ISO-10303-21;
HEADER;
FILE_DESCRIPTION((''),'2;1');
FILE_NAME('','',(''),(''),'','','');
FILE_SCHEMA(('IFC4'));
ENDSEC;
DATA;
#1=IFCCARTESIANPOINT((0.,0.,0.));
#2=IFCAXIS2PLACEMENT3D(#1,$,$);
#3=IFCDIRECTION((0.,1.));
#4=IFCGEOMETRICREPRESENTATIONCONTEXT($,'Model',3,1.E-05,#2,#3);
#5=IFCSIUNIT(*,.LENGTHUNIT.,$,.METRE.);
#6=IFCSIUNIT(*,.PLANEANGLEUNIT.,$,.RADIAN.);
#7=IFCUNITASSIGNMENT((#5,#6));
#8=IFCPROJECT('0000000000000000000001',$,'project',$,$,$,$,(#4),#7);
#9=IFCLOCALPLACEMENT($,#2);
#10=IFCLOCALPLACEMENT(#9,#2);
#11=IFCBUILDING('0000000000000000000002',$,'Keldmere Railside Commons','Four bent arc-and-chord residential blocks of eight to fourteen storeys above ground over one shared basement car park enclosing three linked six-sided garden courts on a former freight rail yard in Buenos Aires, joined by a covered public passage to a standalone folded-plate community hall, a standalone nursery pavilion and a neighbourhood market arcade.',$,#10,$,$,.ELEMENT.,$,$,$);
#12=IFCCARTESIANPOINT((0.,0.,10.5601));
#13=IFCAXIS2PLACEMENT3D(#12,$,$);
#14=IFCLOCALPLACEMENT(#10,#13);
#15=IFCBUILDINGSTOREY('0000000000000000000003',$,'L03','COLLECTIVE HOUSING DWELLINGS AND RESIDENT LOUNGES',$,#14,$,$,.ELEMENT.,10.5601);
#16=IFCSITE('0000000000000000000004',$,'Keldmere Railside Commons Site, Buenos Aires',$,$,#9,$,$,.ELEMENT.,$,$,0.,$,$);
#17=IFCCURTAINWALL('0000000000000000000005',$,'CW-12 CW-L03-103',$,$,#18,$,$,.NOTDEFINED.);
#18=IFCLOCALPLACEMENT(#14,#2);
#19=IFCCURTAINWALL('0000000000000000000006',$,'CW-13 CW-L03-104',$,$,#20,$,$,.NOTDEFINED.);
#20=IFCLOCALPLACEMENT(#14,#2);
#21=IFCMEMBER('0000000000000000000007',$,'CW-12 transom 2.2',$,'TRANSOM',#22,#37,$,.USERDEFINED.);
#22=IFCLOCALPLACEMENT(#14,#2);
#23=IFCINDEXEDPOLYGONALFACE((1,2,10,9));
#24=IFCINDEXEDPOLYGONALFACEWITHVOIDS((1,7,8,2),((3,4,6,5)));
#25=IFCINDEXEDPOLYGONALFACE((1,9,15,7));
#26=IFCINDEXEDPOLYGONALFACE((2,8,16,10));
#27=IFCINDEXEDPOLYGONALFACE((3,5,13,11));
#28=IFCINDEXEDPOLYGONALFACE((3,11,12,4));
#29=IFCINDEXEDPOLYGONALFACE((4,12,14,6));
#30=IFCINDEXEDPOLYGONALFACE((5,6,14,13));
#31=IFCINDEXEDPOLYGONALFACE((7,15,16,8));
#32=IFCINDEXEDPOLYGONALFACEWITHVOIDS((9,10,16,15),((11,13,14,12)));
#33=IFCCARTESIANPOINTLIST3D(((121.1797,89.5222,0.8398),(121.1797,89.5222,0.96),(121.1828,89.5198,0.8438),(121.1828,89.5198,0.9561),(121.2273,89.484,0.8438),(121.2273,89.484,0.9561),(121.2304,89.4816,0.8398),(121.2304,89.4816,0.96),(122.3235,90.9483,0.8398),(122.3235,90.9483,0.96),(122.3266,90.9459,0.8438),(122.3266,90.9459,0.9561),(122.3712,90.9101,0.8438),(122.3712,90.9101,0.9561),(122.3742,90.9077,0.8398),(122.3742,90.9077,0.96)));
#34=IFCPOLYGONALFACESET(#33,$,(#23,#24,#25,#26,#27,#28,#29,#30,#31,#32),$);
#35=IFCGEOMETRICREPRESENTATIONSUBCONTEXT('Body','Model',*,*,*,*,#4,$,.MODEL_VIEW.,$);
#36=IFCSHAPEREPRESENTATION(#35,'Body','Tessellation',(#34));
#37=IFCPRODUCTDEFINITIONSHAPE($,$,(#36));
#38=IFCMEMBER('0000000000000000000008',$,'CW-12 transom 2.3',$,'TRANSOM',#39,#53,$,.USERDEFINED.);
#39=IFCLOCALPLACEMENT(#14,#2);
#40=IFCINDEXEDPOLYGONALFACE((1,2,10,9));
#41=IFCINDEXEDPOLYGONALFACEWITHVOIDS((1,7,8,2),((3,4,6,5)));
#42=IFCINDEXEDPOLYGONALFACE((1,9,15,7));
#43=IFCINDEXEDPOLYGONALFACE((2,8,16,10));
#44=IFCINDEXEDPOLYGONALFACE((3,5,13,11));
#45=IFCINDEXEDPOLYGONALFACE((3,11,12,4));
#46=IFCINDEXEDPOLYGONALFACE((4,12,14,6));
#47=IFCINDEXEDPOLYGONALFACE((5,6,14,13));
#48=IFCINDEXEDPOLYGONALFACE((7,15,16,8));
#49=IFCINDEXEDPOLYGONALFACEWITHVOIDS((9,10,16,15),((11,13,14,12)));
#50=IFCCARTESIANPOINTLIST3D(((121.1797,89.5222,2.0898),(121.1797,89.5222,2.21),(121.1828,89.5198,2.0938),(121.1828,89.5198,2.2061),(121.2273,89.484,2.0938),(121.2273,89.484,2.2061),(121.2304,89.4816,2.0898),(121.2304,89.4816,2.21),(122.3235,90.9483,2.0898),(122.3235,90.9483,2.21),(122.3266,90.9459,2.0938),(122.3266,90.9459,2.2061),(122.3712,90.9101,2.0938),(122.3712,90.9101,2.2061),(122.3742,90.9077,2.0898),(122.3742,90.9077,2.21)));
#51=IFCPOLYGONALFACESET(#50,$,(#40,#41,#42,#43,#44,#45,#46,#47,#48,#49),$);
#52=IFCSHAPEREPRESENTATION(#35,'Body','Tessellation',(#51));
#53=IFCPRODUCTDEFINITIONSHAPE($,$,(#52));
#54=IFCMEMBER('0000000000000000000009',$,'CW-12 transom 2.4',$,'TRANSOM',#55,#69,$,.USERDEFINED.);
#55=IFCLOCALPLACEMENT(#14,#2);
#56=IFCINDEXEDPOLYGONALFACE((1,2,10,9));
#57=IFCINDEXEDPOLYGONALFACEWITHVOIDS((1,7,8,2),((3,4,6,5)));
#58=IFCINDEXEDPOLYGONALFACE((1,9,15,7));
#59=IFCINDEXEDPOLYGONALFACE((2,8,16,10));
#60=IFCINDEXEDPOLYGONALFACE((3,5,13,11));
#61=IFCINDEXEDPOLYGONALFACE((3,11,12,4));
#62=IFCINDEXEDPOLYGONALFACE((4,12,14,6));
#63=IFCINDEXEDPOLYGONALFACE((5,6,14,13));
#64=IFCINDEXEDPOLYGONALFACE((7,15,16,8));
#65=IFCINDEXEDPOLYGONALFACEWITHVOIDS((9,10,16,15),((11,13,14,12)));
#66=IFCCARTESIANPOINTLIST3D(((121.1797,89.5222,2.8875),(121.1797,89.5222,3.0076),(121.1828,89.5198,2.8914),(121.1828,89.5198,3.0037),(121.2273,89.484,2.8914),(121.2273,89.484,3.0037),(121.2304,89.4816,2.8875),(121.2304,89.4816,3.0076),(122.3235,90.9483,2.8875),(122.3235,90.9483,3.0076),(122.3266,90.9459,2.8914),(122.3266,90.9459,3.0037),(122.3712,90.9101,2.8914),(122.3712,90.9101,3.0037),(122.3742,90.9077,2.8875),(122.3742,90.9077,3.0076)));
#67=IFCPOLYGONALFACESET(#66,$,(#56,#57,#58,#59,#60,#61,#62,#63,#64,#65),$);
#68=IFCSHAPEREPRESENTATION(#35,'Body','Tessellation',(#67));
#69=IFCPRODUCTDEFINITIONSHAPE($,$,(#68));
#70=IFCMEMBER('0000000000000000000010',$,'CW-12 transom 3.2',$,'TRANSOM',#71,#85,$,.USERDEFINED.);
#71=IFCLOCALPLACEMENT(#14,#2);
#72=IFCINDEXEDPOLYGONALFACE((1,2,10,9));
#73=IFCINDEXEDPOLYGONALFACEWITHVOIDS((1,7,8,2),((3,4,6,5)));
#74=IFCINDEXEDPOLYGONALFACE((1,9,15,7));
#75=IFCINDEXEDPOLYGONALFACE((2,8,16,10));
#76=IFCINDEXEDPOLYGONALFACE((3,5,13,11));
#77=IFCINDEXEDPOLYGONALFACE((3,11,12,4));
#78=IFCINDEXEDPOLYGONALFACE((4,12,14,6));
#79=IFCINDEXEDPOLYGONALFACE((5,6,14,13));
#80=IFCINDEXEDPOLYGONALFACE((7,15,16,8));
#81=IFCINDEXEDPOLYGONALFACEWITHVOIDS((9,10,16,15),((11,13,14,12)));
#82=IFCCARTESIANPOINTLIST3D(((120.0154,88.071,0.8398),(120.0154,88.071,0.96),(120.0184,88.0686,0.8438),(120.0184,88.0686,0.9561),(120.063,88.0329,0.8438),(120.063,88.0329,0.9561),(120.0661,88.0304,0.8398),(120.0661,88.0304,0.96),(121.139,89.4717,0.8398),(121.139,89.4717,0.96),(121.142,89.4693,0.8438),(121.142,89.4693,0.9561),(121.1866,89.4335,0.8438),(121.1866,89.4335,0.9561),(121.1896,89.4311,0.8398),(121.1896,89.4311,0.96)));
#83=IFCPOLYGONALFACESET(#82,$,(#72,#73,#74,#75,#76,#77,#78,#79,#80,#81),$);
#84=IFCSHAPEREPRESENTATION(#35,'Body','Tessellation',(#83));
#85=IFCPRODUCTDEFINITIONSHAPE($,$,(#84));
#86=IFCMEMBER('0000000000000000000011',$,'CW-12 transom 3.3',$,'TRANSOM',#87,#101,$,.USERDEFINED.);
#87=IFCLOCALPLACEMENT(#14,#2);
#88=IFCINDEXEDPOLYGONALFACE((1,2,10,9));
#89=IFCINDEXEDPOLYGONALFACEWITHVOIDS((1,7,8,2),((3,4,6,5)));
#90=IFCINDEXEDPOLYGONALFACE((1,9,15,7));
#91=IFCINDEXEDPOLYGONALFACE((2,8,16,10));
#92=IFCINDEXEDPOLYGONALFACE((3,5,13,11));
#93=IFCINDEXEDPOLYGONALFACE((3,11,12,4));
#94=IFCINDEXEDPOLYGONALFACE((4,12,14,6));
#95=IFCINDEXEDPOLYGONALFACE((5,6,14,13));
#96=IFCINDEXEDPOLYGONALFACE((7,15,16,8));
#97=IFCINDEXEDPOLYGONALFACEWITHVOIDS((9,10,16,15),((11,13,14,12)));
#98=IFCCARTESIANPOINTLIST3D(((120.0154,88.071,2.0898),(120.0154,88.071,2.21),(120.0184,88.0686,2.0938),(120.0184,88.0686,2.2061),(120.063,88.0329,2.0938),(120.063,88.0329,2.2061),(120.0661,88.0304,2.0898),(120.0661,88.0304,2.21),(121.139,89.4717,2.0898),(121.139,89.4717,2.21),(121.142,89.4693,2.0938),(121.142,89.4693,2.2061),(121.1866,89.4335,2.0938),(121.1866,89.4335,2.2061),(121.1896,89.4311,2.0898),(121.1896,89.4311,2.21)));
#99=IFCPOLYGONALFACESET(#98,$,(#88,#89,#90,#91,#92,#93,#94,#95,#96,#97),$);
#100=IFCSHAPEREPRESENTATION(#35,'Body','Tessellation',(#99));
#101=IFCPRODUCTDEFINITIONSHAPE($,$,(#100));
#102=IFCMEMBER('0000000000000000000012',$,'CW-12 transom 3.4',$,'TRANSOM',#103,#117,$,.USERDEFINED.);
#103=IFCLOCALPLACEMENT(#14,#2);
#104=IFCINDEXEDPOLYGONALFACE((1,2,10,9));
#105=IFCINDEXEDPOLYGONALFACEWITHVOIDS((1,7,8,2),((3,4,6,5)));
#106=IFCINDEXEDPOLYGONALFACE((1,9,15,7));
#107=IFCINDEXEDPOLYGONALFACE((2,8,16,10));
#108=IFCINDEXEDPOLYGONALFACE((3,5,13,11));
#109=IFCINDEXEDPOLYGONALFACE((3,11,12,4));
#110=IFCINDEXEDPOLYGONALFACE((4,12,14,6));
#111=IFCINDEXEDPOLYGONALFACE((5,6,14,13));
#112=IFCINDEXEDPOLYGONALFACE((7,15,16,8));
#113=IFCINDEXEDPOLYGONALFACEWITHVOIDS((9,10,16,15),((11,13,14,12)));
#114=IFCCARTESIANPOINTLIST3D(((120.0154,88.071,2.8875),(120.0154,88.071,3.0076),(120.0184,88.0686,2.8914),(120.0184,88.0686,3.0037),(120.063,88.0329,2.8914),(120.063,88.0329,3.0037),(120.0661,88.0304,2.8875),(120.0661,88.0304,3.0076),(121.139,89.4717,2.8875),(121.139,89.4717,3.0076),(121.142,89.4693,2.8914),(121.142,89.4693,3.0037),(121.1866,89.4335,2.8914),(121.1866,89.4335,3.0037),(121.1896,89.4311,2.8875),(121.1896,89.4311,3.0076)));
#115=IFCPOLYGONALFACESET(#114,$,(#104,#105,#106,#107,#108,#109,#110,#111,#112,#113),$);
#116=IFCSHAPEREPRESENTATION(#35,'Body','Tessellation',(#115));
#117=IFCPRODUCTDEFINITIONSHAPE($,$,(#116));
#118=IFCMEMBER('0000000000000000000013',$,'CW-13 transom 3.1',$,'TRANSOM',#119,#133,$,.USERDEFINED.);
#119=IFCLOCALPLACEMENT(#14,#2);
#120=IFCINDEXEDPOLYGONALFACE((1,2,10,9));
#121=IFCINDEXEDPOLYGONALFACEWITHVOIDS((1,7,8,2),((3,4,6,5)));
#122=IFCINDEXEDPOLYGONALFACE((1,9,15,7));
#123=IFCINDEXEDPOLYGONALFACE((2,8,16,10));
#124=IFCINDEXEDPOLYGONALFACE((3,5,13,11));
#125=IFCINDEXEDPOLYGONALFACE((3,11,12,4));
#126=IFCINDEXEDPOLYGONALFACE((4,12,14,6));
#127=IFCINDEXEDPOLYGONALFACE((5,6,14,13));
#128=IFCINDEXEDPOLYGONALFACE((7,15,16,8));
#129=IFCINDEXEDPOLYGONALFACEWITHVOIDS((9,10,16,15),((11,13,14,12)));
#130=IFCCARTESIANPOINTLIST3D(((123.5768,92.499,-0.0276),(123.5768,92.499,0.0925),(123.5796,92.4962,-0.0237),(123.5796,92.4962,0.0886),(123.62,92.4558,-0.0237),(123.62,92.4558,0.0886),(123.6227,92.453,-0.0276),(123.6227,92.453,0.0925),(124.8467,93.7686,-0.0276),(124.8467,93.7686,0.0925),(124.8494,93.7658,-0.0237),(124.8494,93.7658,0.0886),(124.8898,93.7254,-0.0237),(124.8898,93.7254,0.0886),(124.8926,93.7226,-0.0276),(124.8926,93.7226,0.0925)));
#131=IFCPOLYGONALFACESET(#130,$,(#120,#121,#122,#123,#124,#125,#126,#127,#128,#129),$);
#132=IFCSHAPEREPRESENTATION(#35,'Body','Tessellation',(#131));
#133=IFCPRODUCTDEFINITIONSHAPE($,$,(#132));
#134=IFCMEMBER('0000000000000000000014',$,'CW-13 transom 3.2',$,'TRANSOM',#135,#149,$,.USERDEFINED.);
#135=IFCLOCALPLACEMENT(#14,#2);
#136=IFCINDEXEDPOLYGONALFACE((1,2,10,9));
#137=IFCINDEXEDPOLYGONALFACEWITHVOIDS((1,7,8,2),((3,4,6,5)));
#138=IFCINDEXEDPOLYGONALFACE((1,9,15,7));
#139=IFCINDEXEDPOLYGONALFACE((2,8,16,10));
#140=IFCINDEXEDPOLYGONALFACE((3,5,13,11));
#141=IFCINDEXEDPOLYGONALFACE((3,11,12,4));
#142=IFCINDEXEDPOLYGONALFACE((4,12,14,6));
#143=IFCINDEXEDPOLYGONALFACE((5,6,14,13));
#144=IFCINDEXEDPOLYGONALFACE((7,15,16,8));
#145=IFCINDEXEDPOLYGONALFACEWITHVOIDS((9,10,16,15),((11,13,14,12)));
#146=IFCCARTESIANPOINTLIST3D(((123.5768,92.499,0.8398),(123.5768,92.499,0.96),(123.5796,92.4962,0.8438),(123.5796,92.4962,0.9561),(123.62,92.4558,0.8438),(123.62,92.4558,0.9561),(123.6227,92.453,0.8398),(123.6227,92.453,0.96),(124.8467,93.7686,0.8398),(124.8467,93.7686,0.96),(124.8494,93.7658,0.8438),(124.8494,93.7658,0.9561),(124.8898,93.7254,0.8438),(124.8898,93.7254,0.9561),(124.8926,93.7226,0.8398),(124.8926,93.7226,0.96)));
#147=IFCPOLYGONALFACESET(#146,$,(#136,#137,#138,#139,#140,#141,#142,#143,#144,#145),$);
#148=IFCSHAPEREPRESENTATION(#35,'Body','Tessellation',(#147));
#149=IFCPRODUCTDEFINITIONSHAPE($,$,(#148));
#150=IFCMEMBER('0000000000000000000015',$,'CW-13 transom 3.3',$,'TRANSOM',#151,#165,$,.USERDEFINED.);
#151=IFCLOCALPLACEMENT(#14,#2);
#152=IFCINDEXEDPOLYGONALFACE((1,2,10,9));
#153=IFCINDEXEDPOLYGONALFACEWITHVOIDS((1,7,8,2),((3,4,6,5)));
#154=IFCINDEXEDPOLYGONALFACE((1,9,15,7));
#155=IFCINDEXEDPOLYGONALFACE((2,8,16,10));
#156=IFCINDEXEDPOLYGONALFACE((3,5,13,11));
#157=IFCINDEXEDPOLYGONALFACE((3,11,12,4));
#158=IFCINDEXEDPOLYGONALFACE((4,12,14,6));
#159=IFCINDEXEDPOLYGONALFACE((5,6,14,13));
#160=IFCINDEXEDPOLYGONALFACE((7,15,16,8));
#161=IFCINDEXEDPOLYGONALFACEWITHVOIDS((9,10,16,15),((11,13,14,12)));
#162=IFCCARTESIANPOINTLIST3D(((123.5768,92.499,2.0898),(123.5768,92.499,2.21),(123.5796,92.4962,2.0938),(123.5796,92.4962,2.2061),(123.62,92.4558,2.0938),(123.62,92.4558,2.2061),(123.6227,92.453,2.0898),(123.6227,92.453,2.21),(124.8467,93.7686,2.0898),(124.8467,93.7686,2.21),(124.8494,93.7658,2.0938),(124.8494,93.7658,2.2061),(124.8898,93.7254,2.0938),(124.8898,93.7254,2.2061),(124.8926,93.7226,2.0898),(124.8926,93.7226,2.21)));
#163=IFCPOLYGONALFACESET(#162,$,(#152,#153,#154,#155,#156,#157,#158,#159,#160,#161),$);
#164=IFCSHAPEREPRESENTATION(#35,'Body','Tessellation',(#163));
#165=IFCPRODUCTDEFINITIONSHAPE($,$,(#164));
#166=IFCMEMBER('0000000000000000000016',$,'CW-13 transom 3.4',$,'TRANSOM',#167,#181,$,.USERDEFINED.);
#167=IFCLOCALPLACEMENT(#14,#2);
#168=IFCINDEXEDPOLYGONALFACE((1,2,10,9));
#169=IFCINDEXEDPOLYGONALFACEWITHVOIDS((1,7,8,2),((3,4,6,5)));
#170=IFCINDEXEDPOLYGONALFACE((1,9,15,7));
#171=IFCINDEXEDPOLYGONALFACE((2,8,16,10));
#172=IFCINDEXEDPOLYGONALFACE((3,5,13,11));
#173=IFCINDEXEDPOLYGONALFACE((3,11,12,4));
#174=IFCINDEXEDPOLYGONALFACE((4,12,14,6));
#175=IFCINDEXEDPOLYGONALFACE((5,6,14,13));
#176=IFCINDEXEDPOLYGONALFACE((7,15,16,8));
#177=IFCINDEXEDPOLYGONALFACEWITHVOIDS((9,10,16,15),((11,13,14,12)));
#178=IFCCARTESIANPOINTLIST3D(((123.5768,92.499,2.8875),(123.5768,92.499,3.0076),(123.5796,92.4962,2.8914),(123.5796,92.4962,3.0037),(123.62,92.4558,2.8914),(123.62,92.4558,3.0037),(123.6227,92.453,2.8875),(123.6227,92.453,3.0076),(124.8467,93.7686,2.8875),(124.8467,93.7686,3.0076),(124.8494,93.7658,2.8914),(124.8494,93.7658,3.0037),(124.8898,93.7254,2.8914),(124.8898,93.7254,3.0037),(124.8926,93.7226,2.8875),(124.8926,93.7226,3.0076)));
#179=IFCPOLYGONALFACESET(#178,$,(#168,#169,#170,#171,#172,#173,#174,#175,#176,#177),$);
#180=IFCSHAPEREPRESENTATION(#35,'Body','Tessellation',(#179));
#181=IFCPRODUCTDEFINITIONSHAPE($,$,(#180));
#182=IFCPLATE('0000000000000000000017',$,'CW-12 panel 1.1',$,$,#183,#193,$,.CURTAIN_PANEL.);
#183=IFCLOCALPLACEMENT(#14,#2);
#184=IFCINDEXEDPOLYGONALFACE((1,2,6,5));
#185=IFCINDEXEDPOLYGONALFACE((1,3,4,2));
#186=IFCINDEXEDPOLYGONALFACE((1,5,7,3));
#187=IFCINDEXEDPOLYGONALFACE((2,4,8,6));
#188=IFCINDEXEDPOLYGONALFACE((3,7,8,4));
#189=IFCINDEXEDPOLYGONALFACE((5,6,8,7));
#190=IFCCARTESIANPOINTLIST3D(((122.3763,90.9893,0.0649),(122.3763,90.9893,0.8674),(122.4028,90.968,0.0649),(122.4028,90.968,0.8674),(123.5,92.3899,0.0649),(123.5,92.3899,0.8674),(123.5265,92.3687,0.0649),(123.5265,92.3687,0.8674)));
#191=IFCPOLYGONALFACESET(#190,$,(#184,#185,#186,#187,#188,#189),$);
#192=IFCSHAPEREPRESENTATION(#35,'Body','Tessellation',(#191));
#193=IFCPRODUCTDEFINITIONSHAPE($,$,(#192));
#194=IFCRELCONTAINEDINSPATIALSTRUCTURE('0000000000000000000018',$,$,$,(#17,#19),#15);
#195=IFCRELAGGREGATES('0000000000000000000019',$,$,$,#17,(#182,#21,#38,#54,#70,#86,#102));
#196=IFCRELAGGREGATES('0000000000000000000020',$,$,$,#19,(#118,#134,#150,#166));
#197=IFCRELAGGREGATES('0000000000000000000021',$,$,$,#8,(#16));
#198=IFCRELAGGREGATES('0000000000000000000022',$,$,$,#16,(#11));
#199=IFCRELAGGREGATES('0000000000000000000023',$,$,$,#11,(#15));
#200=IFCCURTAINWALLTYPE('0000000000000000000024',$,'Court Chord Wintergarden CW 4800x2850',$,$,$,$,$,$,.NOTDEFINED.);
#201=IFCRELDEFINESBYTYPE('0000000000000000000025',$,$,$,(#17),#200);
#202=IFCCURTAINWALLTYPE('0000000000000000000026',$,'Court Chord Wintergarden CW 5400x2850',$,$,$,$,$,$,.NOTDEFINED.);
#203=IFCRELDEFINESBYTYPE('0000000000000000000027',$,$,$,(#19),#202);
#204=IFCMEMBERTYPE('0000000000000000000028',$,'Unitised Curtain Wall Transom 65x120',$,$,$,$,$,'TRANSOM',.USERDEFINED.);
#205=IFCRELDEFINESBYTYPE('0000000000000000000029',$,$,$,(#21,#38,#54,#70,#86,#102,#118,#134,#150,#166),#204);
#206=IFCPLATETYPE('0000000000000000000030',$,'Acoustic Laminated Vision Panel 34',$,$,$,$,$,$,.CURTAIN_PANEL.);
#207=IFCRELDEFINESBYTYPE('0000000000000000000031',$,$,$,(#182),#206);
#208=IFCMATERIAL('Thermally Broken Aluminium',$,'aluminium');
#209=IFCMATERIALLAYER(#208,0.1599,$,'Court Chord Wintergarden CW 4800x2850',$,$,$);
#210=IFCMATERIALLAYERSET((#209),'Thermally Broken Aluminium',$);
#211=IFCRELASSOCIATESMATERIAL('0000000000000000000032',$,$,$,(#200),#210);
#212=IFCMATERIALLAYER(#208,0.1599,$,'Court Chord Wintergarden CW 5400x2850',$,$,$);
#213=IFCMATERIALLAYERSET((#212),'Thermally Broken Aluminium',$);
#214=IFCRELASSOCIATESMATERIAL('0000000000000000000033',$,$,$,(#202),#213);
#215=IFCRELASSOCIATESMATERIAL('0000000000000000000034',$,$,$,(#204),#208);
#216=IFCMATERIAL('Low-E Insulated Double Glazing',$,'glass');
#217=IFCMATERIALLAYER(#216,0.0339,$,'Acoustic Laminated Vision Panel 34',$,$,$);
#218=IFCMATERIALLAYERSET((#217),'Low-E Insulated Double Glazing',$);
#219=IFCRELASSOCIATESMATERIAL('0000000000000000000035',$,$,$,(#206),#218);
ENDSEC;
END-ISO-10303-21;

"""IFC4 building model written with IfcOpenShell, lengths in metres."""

from ifc_helpers import new_model, si_unit, direction, frame, origin, origin_2d, place, context, subcontext, project, spatial, rectangle, hollow_rectangle, extrude, material, layer, layer_set, material_profile, profile_set, type_object, element, aggregate, save


model = new_model("IFC4")

# Units and contexts
model_context = context("Model", 3, precision=1e-05, world=origin(), true_north=direction((0.0, 1.0)))
body_context = subcontext(model_context, "Body", "Model", "MODEL_VIEW")
ifc_project = project(units=[si_unit("LENGTHUNIT", "METRE"), si_unit("PLANEANGLEUNIT", "RADIAN")], contexts=[model_context])

# Site, building, storey
site_placement = place(None, origin())
site = spatial("IfcSite", under=ifc_project, at=site_placement, Name="Keldmere Railside Commons Site, Buenos Aires", CompositionType="ELEMENT", RefElevation=0.0)
building_placement = place(site_placement, origin())
building = spatial("IfcBuilding", under=site, at=building_placement, Name="Keldmere Railside Commons", Description="Four bent arc-and-chord residential blocks of eight to fourteen storeys above ground over one shared basement car park enclosing three linked six-sided garden courts on a former freight rail yard in Buenos Aires, joined by a covered public passage to a standalone folded-plate community hall, a standalone nursery pavilion and a neighbourhood market arcade.", CompositionType="ELEMENT")
storey_placement = place(building_placement, frame((0.0, 0.0, 10.5601)))
storey = spatial("IfcBuildingStorey", under=building, at=storey_placement, Name="L03", Description="COLLECTIVE HOUSING DWELLINGS AND RESIDENT LOUNGES", CompositionType="ELEMENT", Elevation=10.5601)

# Curtain walls
ifc_material_1 = material(Name="Thermally Broken Aluminium", Category="aluminium")
ifc_layer_1 = layer(ifc_material_1, 0.1599, Name="Court Chord Wintergarden CW 4800x2850")
ifc_layer_set_1 = layer_set([ifc_layer_1], Name="Thermally Broken Aluminium")
curtain_wall_type_1 = type_object("IfcCurtainWallType", Name="Court Chord Wintergarden CW 4800x2850", PredefinedType="NOTDEFINED", material=ifc_layer_set_1)
curtain_wall_1_placement = place(storey_placement, origin())
curtain_wall_1 = element("IfcCurtainWall", 1, at=curtain_wall_1_placement, inside=storey, type_object=curtain_wall_type_1, Name="CW-12 CW-L03-103", PredefinedType="NOTDEFINED")
ifc_layer_2 = layer(ifc_material_1, 0.1599, Name="Court Chord Wintergarden CW 5400x2850")
ifc_layer_set_2 = layer_set([ifc_layer_2], Name="Thermally Broken Aluminium")
curtain_wall_type_2 = type_object("IfcCurtainWallType", Name="Court Chord Wintergarden CW 5400x2850", PredefinedType="NOTDEFINED", material=ifc_layer_set_2)
curtain_wall_2_placement = place(storey_placement, origin())
curtain_wall_2 = element("IfcCurtainWall", 2, at=curtain_wall_2_placement, inside=storey, type_object=curtain_wall_type_2, Name="CW-13 CW-L03-104", PredefinedType="NOTDEFINED")

# Members
ifc_material_profile_1 = material_profile(ifc_material_1, hollow_rectangle(XDim=0.0649, YDim=0.1201, WallThickness=0.0039, at=origin_2d()), Name="ALU-TRAN-65x120")
ifc_profile_set_1 = profile_set([ifc_material_profile_1], Name="Thermally Broken Aluminium")
member_type_1 = type_object("IfcMemberType", Name="Unitised Curtain Wall Transom 65x120", ElementType="TRANSOM", PredefinedType="USERDEFINED", material=ifc_profile_set_1)
member_1_placement = place(storey_placement, frame((122.3489, 90.928, 0.8999), z_axis=(-0.625688, -0.780073, 0.0), x_axis=(0.780073, -0.625688, 0.0)))
member_1 = element("IfcMember", 3, at=member_1_placement, type_object=member_type_1, Name="CW-12 transom 2.2", ObjectType="TRANSOM", PredefinedType="USERDEFINED", context=body_context, shape_type="SweptSolid", body=[
    extrude(hollow_rectangle(XDim=0.0649, YDim=0.1201, WallThickness=0.0039, at=origin_2d()), origin(), (0.0, 0.0, 1.0), 1.8281),
])
member_2_placement = place(storey_placement, frame((122.3489, 90.928, 2.1499), z_axis=(-0.625688, -0.780073, 0.0), x_axis=(0.780073, -0.625688, 0.0)))
member_2 = element("IfcMember", 4, at=member_2_placement, type_object=member_type_1, Name="CW-12 transom 2.3", ObjectType="TRANSOM", PredefinedType="USERDEFINED", context=body_context, shape_type="SweptSolid", body=[
    extrude(hollow_rectangle(XDim=0.0649, YDim=0.1201, WallThickness=0.0039, at=origin_2d()), origin(), (0.0, 0.0, 1.0), 1.8281),
])
member_3_placement = place(storey_placement, frame((122.3489, 90.928, 2.9475), z_axis=(-0.625688, -0.780073, 0.0), x_axis=(0.780073, -0.625688, 0.0)))
member_3 = element("IfcMember", 5, at=member_3_placement, type_object=member_type_1, Name="CW-12 transom 2.4", ObjectType="TRANSOM", PredefinedType="USERDEFINED", context=body_context, shape_type="SweptSolid", body=[
    extrude(hollow_rectangle(XDim=0.0649, YDim=0.1201, WallThickness=0.0039, at=origin_2d()), origin(), (0.0, 0.0, 1.0), 1.8281),
])
member_4_placement = place(storey_placement, frame((121.1643, 89.4514, 0.8999), z_axis=(-0.625723, -0.780046, 0.0), x_axis=(0.780046, -0.625723, 0.0)))
member_4 = element("IfcMember", 6, at=member_4_placement, type_object=member_type_1, Name="CW-12 transom 3.2", ObjectType="TRANSOM", PredefinedType="USERDEFINED", context=body_context, shape_type="SweptSolid", body=[
    extrude(hollow_rectangle(XDim=0.0649, YDim=0.1201, WallThickness=0.0039, at=origin_2d()), origin(), (0.0, 0.0, 1.0), 1.7957),
])
member_5_placement = place(storey_placement, frame((121.1643, 89.4514, 2.1499), z_axis=(-0.625723, -0.780046, 0.0), x_axis=(0.780046, -0.625723, 0.0)))
member_5 = element("IfcMember", 7, at=member_5_placement, type_object=member_type_1, Name="CW-12 transom 3.3", ObjectType="TRANSOM", PredefinedType="USERDEFINED", context=body_context, shape_type="SweptSolid", body=[
    extrude(hollow_rectangle(XDim=0.0649, YDim=0.1201, WallThickness=0.0039, at=origin_2d()), origin(), (0.0, 0.0, 1.0), 1.7957),
])
member_6_placement = place(storey_placement, frame((121.1643, 89.4514, 2.9475), z_axis=(-0.625723, -0.780046, 0.0), x_axis=(0.780046, -0.625723, 0.0)))
member_6 = element("IfcMember", 8, at=member_6_placement, type_object=member_type_1, Name="CW-12 transom 3.4", ObjectType="TRANSOM", PredefinedType="USERDEFINED", context=body_context, shape_type="SweptSolid", body=[
    extrude(hollow_rectangle(XDim=0.0649, YDim=0.1201, WallThickness=0.0039, at=origin_2d()), origin(), (0.0, 0.0, 1.0), 1.7957),
])
member_7_placement = place(storey_placement, frame((124.8696, 93.7456, 0.0325), z_axis=(-0.707175, -0.707039, 0.0), x_axis=(0.707039, -0.707175, 0.0)))
member_7 = element("IfcMember", 9, at=member_7_placement, type_object=member_type_1, Name="CW-13 transom 3.1", ObjectType="TRANSOM", PredefinedType="USERDEFINED", context=body_context, shape_type="SweptSolid", body=[
    extrude(hollow_rectangle(XDim=0.0649, YDim=0.1201, WallThickness=0.0039, at=origin_2d()), origin(), (0.0, 0.0, 1.0), 1.7957),
])
member_8_placement = place(storey_placement, frame((124.8696, 93.7456, 0.8999), z_axis=(-0.707175, -0.707039, 0.0), x_axis=(0.707039, -0.707175, 0.0)))
member_8 = element("IfcMember", 10, at=member_8_placement, type_object=member_type_1, Name="CW-13 transom 3.2", ObjectType="TRANSOM", PredefinedType="USERDEFINED", context=body_context, shape_type="SweptSolid", body=[
    extrude(hollow_rectangle(XDim=0.0649, YDim=0.1201, WallThickness=0.0039, at=origin_2d()), origin(), (0.0, 0.0, 1.0), 1.7957),
])
member_9_placement = place(storey_placement, frame((124.8696, 93.7456, 2.1499), z_axis=(-0.707175, -0.707039, 0.0), x_axis=(0.707039, -0.707175, 0.0)))
member_9 = element("IfcMember", 11, at=member_9_placement, type_object=member_type_1, Name="CW-13 transom 3.3", ObjectType="TRANSOM", PredefinedType="USERDEFINED", context=body_context, shape_type="SweptSolid", body=[
    extrude(hollow_rectangle(XDim=0.0649, YDim=0.1201, WallThickness=0.0039, at=origin_2d()), origin(), (0.0, 0.0, 1.0), 1.7957),
])
member_10_placement = place(storey_placement, frame((124.8696, 93.7456, 2.9475), z_axis=(-0.707175, -0.707039, 0.0), x_axis=(0.707039, -0.707175, 0.0)))
member_10 = element("IfcMember", 12, at=member_10_placement, type_object=member_type_1, Name="CW-13 transom 3.4", ObjectType="TRANSOM", PredefinedType="USERDEFINED", context=body_context, shape_type="SweptSolid", body=[
    extrude(hollow_rectangle(XDim=0.0649, YDim=0.1201, WallThickness=0.0039, at=origin_2d()), origin(), (0.0, 0.0, 1.0), 1.7957),
])

# Plate
ifc_material_2 = material(Name="Low-E Insulated Double Glazing", Category="glass")
ifc_layer_3 = layer(ifc_material_2, 0.0339, Name="Acoustic Laminated Vision Panel 34")
ifc_layer_set_3 = layer_set([ifc_layer_3], Name="Low-E Insulated Double Glazing")
plate_type_1 = type_object("IfcPlateType", Name="Acoustic Laminated Vision Panel 34", PredefinedType="CURTAIN_PANEL", material=ifc_layer_set_3)
plate_1_placement = place(storey_placement, frame((122.9514, 91.679, 0.0649), z_axis=(0.0, 0.0, 1.0), x_axis=(-0.625768, -0.780009, 0.0)))
plate_1 = element("IfcPlate", 13, at=plate_1_placement, type_object=plate_type_1, Name="CW-12 panel 1.1", PredefinedType="CURTAIN_PANEL", context=body_context, shape_type="SweptSolid", body=[
    extrude(rectangle(XDim=1.7957, YDim=0.0339, at=origin_2d()), origin(), (0.0, 0.0, 1.0), 0.8025),
])
aggregate(curtain_wall_1, [plate_1, member_1, member_2, member_3, member_4, member_5, member_6])
aggregate(curtain_wall_2, [member_7, member_8, member_9, member_10])

save(model, "model.ifc")
